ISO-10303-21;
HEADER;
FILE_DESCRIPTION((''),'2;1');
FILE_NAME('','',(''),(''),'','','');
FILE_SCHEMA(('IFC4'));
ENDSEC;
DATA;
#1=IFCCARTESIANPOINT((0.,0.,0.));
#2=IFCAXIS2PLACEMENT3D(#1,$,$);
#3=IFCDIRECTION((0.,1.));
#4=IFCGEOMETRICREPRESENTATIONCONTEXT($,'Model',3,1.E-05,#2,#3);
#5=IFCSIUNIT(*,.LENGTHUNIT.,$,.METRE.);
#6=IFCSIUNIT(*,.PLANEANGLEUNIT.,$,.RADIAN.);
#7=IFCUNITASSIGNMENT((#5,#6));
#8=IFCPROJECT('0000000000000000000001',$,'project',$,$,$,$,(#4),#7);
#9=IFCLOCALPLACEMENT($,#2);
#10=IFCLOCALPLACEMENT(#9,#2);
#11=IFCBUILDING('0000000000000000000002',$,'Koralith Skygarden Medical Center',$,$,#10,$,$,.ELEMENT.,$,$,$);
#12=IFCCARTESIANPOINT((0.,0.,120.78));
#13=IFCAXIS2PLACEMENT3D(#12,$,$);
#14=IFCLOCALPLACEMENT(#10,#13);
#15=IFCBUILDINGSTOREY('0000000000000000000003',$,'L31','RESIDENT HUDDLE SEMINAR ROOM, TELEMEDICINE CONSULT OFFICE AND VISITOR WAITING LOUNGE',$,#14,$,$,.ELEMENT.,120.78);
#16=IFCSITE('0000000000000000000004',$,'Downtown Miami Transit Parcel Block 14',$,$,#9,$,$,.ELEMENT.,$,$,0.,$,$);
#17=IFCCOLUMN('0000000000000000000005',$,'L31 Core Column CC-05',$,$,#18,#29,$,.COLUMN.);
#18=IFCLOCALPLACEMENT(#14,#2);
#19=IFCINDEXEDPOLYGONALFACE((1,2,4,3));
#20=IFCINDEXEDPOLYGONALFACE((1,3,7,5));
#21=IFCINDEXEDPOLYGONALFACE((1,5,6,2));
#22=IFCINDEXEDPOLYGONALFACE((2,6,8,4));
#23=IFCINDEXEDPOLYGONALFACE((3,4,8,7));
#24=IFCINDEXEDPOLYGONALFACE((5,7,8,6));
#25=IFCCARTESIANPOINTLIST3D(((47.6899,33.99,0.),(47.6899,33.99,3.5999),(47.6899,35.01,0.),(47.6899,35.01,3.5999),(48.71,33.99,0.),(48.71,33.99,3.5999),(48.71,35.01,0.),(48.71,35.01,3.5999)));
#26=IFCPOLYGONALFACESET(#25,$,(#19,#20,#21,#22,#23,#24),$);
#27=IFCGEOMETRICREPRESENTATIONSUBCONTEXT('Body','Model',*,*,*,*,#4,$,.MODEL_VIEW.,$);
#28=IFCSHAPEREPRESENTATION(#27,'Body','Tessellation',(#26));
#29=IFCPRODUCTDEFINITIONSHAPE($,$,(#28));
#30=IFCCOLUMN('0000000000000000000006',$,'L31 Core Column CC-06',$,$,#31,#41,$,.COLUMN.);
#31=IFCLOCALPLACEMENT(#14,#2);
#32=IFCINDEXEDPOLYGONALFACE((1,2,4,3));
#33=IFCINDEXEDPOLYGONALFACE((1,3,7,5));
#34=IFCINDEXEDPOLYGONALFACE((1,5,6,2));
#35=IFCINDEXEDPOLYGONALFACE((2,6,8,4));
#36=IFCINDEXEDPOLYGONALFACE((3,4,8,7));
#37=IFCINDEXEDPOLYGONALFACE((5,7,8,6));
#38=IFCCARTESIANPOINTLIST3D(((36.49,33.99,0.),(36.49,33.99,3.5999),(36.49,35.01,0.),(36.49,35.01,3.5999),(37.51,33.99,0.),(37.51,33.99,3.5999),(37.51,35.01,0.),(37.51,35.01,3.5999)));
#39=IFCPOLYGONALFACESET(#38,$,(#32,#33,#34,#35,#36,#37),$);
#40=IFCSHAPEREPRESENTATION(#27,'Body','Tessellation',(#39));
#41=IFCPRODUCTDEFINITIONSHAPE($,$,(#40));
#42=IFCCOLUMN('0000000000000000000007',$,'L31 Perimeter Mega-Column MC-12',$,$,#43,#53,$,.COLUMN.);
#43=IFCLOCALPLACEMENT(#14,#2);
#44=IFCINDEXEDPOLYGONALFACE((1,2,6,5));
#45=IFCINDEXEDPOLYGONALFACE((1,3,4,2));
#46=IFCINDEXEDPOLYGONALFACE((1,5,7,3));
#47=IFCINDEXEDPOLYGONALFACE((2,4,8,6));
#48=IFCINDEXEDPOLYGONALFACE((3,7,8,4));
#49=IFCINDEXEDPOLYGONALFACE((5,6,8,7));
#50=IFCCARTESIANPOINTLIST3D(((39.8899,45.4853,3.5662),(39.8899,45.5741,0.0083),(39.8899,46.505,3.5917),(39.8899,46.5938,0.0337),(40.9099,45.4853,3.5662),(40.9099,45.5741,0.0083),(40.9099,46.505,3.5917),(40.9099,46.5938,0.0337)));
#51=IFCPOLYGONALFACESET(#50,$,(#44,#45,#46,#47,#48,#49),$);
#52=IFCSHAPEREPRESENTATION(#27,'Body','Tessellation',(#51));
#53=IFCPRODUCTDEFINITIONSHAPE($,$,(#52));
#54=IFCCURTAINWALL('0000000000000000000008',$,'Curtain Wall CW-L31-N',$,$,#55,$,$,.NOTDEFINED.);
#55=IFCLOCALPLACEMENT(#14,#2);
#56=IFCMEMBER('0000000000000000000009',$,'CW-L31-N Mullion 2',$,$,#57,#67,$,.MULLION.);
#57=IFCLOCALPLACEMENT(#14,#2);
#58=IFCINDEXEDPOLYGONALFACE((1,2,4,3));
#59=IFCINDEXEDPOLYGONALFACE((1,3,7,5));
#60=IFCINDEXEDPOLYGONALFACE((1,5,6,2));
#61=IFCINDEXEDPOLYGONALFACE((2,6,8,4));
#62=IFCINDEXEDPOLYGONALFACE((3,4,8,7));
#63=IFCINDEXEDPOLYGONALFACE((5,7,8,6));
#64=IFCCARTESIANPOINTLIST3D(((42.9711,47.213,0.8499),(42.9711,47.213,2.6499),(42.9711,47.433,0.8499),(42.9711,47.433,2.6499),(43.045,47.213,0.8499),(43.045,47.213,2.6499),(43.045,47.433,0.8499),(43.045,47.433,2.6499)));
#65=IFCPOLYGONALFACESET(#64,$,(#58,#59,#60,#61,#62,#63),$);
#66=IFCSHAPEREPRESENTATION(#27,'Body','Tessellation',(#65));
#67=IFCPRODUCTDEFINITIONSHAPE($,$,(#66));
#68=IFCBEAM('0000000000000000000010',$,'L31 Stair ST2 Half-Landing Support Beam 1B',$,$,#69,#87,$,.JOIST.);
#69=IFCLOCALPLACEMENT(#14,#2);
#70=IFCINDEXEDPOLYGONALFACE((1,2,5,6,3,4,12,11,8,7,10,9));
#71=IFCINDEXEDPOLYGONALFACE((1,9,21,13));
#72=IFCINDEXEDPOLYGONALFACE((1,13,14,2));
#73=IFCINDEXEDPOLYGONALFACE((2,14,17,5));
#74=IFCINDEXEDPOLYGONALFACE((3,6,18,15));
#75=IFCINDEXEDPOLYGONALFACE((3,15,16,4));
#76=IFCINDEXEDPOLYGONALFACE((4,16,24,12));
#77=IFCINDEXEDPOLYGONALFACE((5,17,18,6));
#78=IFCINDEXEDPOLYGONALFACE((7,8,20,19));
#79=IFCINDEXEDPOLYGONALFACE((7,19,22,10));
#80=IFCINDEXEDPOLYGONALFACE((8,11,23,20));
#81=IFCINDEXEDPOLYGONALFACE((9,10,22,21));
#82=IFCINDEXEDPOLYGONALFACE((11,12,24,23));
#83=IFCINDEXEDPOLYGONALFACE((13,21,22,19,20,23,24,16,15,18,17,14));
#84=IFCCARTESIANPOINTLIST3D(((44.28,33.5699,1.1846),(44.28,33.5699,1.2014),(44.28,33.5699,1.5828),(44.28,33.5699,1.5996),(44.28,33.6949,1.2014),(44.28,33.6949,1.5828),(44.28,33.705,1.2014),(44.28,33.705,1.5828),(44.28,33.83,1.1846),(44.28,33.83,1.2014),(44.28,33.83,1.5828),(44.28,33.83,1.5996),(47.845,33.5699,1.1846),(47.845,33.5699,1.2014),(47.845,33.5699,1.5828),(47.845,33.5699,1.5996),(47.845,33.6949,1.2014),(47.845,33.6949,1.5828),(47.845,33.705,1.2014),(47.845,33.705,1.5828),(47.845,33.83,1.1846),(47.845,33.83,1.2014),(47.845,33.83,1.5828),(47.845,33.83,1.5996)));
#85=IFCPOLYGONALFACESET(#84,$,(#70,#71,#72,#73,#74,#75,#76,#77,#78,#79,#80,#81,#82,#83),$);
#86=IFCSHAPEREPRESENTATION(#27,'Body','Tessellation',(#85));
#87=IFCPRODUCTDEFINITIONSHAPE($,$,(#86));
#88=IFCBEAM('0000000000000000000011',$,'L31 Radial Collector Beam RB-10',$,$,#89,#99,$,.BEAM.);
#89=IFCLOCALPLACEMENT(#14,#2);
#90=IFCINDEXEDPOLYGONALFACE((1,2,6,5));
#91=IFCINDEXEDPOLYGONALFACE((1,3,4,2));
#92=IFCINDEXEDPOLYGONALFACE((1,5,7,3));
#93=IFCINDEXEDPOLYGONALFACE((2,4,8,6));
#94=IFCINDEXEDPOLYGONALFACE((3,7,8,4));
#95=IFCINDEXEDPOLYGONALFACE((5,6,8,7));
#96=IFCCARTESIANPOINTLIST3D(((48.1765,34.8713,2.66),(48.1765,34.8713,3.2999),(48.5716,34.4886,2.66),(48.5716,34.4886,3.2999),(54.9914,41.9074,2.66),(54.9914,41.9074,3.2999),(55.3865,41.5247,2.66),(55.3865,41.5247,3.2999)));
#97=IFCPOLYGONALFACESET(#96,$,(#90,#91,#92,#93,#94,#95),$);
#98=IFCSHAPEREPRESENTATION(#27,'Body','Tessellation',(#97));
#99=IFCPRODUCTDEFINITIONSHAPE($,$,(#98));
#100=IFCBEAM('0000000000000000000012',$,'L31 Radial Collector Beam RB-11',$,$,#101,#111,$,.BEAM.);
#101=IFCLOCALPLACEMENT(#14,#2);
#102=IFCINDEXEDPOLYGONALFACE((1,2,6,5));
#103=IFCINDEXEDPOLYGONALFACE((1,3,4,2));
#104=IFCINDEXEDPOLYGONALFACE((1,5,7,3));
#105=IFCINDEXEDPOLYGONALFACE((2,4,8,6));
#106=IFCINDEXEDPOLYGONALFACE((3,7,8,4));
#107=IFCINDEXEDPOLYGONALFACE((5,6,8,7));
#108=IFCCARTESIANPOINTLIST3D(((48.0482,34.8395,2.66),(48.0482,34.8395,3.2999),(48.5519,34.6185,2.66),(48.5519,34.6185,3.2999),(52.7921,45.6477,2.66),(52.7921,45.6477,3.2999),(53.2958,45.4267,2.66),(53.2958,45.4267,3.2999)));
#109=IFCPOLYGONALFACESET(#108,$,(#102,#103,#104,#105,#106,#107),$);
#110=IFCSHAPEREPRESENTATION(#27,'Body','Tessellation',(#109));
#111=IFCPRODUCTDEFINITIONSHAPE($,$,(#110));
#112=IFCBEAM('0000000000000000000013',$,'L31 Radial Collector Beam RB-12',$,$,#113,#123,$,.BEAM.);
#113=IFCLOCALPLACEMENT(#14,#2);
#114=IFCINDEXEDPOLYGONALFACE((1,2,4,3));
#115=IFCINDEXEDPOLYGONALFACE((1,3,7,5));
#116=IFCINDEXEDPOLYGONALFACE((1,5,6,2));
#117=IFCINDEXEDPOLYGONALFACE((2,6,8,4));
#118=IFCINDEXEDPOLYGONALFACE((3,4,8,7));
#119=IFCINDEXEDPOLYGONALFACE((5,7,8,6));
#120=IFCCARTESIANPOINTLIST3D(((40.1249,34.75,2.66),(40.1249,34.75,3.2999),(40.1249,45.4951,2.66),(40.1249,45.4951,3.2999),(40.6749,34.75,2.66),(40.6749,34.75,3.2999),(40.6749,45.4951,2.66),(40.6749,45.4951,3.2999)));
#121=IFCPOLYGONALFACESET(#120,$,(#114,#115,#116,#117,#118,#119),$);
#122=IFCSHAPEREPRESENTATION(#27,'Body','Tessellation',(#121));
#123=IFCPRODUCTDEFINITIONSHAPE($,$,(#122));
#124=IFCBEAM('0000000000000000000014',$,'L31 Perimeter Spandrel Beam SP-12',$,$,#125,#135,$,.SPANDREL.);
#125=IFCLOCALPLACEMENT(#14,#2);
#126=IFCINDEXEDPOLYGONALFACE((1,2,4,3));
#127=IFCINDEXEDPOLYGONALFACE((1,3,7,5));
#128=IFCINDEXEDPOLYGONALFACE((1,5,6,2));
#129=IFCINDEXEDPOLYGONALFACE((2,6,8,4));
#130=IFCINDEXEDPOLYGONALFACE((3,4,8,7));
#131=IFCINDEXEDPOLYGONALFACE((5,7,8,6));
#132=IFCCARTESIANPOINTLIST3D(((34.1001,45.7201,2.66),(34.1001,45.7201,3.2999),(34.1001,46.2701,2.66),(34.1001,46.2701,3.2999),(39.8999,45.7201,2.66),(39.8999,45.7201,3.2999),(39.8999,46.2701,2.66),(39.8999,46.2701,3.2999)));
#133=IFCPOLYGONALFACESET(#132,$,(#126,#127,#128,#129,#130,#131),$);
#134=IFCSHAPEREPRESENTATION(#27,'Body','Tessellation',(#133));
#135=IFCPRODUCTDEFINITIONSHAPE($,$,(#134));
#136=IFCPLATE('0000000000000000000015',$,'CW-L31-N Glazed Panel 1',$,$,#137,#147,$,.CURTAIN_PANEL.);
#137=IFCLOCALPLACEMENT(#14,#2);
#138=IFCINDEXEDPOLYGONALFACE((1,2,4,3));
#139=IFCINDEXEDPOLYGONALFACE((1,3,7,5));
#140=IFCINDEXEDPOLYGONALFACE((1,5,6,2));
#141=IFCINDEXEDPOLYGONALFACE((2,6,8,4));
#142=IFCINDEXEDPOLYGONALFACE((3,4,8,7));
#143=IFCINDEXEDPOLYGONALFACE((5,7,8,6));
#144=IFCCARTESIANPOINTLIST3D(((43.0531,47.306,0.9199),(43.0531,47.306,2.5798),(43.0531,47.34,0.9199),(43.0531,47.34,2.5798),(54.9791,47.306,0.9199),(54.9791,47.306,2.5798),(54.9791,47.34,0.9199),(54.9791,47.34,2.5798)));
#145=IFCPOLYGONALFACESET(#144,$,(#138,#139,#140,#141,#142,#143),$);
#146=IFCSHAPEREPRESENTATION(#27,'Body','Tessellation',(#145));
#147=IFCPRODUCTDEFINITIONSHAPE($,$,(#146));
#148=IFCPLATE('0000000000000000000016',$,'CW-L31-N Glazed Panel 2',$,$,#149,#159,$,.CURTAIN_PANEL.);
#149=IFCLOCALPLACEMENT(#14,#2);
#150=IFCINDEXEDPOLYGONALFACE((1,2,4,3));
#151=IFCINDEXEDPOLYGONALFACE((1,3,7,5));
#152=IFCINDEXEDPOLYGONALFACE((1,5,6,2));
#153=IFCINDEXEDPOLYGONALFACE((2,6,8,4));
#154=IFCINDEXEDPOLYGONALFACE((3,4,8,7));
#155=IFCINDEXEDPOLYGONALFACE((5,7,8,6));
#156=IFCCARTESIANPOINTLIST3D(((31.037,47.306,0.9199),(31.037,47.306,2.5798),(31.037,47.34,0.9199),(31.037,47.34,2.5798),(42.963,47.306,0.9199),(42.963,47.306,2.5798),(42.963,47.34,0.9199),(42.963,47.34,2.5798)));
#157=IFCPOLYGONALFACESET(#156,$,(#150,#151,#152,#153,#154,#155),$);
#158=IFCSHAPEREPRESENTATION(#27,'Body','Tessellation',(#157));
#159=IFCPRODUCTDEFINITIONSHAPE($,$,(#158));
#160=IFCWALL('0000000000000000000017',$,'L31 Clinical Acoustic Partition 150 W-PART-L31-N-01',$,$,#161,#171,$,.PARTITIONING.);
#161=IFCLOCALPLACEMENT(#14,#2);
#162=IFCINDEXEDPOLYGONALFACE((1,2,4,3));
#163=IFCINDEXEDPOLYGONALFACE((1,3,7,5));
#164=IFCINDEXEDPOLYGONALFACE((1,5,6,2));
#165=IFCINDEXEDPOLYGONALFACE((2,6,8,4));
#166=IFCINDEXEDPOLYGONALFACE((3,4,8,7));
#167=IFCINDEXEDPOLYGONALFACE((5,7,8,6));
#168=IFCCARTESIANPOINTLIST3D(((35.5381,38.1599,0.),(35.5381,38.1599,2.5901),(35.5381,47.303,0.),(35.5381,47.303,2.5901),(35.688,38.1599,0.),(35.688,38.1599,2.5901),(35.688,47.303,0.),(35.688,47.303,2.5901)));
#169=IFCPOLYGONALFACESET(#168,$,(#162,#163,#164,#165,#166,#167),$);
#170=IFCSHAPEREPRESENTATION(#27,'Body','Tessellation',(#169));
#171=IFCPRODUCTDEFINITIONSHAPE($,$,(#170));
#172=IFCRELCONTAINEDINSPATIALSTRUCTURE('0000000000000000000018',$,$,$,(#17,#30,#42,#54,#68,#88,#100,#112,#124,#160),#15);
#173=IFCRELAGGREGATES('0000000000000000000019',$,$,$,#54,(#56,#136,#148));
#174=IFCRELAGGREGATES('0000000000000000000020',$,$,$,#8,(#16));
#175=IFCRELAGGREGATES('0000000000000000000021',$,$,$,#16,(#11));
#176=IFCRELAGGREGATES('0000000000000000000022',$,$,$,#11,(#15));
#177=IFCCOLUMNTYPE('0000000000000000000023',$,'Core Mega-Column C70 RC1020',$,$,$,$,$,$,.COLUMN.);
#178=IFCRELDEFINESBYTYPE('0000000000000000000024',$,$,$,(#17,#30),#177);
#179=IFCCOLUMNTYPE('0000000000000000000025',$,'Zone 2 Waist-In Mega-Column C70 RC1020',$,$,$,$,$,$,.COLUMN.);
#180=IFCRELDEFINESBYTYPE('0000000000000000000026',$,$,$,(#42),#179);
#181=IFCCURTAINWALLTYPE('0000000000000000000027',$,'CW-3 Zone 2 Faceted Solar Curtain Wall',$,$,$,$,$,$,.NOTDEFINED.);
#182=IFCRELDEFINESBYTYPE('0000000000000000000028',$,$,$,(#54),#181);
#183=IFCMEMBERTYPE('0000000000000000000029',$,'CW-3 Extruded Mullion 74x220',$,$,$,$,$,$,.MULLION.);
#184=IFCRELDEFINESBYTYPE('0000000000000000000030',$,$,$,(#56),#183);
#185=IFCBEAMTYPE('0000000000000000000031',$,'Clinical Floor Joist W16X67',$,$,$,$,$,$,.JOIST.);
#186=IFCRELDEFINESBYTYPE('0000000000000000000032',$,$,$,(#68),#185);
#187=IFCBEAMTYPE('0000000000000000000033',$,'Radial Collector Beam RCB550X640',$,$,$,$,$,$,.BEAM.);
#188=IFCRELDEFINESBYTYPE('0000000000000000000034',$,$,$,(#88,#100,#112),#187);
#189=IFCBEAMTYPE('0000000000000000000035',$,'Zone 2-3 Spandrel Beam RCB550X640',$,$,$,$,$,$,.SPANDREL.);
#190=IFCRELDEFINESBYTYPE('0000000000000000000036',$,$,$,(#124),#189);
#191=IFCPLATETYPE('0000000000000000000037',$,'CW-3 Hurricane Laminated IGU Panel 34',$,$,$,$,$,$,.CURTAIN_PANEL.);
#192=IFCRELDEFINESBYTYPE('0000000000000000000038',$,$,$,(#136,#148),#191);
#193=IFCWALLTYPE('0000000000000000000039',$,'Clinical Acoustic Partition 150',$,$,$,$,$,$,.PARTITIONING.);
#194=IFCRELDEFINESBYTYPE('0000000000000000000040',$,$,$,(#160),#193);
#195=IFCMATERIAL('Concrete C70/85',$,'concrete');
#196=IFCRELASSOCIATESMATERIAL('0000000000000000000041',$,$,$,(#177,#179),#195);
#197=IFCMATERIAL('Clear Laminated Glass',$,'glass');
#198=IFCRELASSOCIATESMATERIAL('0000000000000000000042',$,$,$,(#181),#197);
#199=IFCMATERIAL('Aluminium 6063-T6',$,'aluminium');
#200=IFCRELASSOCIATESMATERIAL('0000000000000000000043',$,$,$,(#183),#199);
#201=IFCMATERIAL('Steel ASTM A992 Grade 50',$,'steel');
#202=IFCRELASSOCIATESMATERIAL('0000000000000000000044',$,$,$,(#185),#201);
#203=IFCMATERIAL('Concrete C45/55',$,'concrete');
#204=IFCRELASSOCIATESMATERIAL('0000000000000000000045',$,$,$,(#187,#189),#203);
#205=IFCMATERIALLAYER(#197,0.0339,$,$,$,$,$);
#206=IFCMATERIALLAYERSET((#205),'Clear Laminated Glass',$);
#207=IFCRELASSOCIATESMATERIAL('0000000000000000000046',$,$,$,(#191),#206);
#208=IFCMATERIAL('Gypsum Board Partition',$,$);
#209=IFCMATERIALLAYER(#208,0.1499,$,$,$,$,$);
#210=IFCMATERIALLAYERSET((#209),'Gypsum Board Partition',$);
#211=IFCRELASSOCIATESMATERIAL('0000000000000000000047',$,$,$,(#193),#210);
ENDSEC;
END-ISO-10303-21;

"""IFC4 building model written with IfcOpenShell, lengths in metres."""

from ifc_helpers import new_model, si_unit, direction, frame, frame_2d, origin, origin_2d, place, context, subcontext, project, spatial, rectangle, i_section, extrude, material, layer, layer_set, material_profile, profile_set, type_object, element, aggregate, save


model = new_model("IFC4")

# Units and contexts
model_context = context("Model", 3, precision=1e-05, world=origin(), true_north=direction((0.0, 1.0)))
body_context = subcontext(model_context, "Body", "Model", "MODEL_VIEW")
ifc_project = project(units=[si_unit("LENGTHUNIT", "METRE"), si_unit("PLANEANGLEUNIT", "RADIAN")], contexts=[model_context])

# Site, building, storey
site_placement = place(None, origin())
site = spatial("IfcSite", under=ifc_project, at=site_placement, Name="Downtown Miami Transit Parcel Block 14", CompositionType="ELEMENT", RefElevation=0.0)
building_placement = place(site_placement, origin())
building = spatial("IfcBuilding", under=site, at=building_placement, Name="Koralith Skygarden Medical Center", CompositionType="ELEMENT")
storey_placement = place(building_placement, frame((0.0, 0.0, 120.78)))
storey = spatial("IfcBuildingStorey", under=building, at=storey_placement, Name="L31", Description="RESIDENT HUDDLE SEMINAR ROOM, TELEMEDICINE CONSULT OFFICE AND VISITOR WAITING LOUNGE", CompositionType="ELEMENT", Elevation=120.78)

# Columns
ifc_material_1 = material(Name="Concrete C70/85", Category="concrete")
ifc_material_profile_1 = material_profile(ifc_material_1, rectangle(XDim=1.02, YDim=1.02, at=origin_2d()), Name="RC1020X1020")
ifc_profile_set_1 = profile_set([ifc_material_profile_1], Name="Concrete C70/85")
column_type_1 = type_object("IfcColumnType", Name="Core Mega-Column C70 RC1020", PredefinedType="COLUMN", material=ifc_profile_set_1)
for number, where, z_axis, x_axis, name in (
    (1, (48.2, 34.5, 0.0), (0.0, 0.0, 1.0), (1.0, 0.0, 0.0), "L31 Core Column CC-05"),
    (2, (37.0, 34.5, 0.0), (0.0, 0.0, 1.0), (1.0, 0.0, 0.0), "L31 Core Column CC-06"),
):
    element("IfcColumn", number, at=place(storey_placement, frame(where, z_axis=z_axis, x_axis=x_axis)), inside=storey, type_object=column_type_1, Name=name, PredefinedType="COLUMN", context=body_context, shape_type="SweptSolid", body=[
        extrude(rectangle(XDim=1.02, YDim=1.02, at=origin_2d()), origin(), (0.0, 0.0, 1.0), 3.5999),
    ])
ifc_material_profile_2 = material_profile(ifc_material_1, rectangle(XDim=1.02, YDim=1.02, at=origin_2d()), Name="RC1020X1020")
ifc_profile_set_2 = profile_set([ifc_material_profile_2], Name="Concrete C70/85")
column_type_2 = type_object("IfcColumnType", Name="Zone 2 Waist-In Mega-Column C70 RC1020", PredefinedType="COLUMN", material=ifc_profile_set_2)
column_placement = place(storey_placement, frame((40.3999, 46.084, 0.021), z_axis=(0.0, -0.02497, 0.999688), x_axis=(1.0, 0.0, 0.0)))
element("IfcColumn", 3, at=column_placement, inside=storey, type_object=column_type_2, Name="L31 Perimeter Mega-Column MC-12", PredefinedType="COLUMN", context=body_context, shape_type="SweptSolid", body=[
    extrude(rectangle(XDim=1.02, YDim=1.02, at=origin_2d()), origin(), (0.0, 0.0, 1.0), 3.5591),
])

# Curtain wall, member
ifc_material_2 = material(Name="Clear Laminated Glass", Category="glass")
curtain_wall_type = type_object("IfcCurtainWallType", Name="CW-3 Zone 2 Faceted Solar Curtain Wall", PredefinedType="NOTDEFINED", material=ifc_material_2)
curtain_wall_placement = place(storey_placement, origin())
curtain_wall = element("IfcCurtainWall", 4, at=curtain_wall_placement, inside=storey, type_object=curtain_wall_type, Name="Curtain Wall CW-L31-N", PredefinedType="NOTDEFINED")
ifc_material_3 = material(Name="Aluminium 6063-T6", Category="aluminium")
ifc_material_profile_3 = material_profile(ifc_material_3, rectangle(XDim=0.074, YDim=0.22, at=origin_2d()), Name="MUL74X220")
ifc_profile_set_3 = profile_set([ifc_material_profile_3], Name="Aluminium 6063-T6")
member_type = type_object("IfcMemberType", Name="CW-3 Extruded Mullion 74x220", PredefinedType="MULLION", material=ifc_profile_set_3)
member_placement = place(storey_placement, frame((43.0081, 47.323, 0.8499), z_axis=(0.0, 0.0, 1.0), x_axis=(1.0, 0.0, 0.0)))
member = element("IfcMember", 5, at=member_placement, type_object=member_type, Name="CW-L31-N Mullion 2", PredefinedType="MULLION", context=body_context, shape_type="SweptSolid", body=[
    extrude(rectangle(XDim=0.074, YDim=0.22, at=origin_2d()), origin(), (0.0, 0.0, 1.0), 1.8),
])

# Beams
ifc_material_4 = material(Name="Steel ASTM A992 Grade 50", Category="steel")
ifc_material_profile_4 = material_profile(ifc_material_4, i_section(OverallWidth=0.26, OverallDepth=0.415, WebThickness=0.01, FlangeThickness=0.0168, at=origin_2d()), Name="W16X67")
ifc_profile_set_4 = profile_set([ifc_material_profile_4], Name="Steel ASTM A992 Grade 50")
beam_type_1 = type_object("IfcBeamType", Name="Clinical Floor Joist W16X67", PredefinedType="JOIST", material=ifc_profile_set_4)
beam_1_placement = place(storey_placement, frame((44.28, 33.7, 1.3921), z_axis=(1.0, 0.0, 0.0), x_axis=(0.0, 1.0, 0.0)))
element("IfcBeam", 6, at=beam_1_placement, inside=storey, type_object=beam_type_1, Name="L31 Stair ST2 Half-Landing Support Beam 1B", PredefinedType="JOIST", context=body_context, shape_type="SweptSolid", body=[
    extrude(i_section(OverallWidth=0.26, OverallDepth=0.415, WebThickness=0.01, FlangeThickness=0.0168, at=origin_2d()), origin(), (0.0, 0.0, 1.0), 3.5649),
])
ifc_material_5 = material(Name="Concrete C45/55", Category="concrete")
ifc_material_profile_5 = material_profile(ifc_material_5, rectangle(XDim=0.55, YDim=0.6399, at=origin_2d()), Name="RCB550X640")
ifc_profile_set_5 = profile_set([ifc_material_profile_5], Name="Concrete C45/55")
beam_type_2 = type_object("IfcBeamType", Name="Radial Collector Beam RCB550X640", PredefinedType="BEAM", material=ifc_profile_set_5)
beam_2_placement = place(storey_placement, frame((48.374, 34.6799, 2.98), z_axis=(0.695726, 0.718307, 0.0), x_axis=(-0.718307, 0.695726, 0.0)))
element("IfcBeam", 7, at=beam_2_placement, inside=storey, type_object=beam_type_2, Name="L31 Radial Collector Beam RB-10", PredefinedType="BEAM", context=body_context, shape_type="SweptSolid", body=[
    extrude(rectangle(XDim=0.55, YDim=0.6399, at=origin_2d()), origin(), (0.0, 0.0, 1.0), 9.7954),
])
beam_3_placement = place(storey_placement, frame((48.3, 34.729, 2.98), z_axis=(0.40191, 0.915679, 0.0), x_axis=(-0.915679, 0.40191, 0.0)))
element("IfcBeam", 8, at=beam_3_placement, inside=storey, type_object=beam_type_2, Name="L31 Radial Collector Beam RB-11", PredefinedType="BEAM", context=body_context, shape_type="SweptSolid", body=[
    extrude(rectangle(XDim=0.55, YDim=0.6399, at=origin_2d()), origin(), (0.0, 0.0, 1.0), 11.8035),
])
beam_4_placement = place(storey_placement, frame((40.3999, 34.75, 2.98), z_axis=(0.0, 1.0, 0.0), x_axis=(-1.0, 0.0, 0.0)))
element("IfcBeam", 9, at=beam_4_placement, inside=storey, type_object=beam_type_2, Name="L31 Radial Collector Beam RB-12", PredefinedType="BEAM", context=body_context, shape_type="SweptSolid", body=[
    extrude(rectangle(XDim=0.55, YDim=0.6399, at=origin_2d()), origin(), (0.0, 0.0, 1.0), 10.7451),
])
ifc_material_profile_6 = material_profile(ifc_material_5, rectangle(XDim=0.55, YDim=0.6399, at=origin_2d()), Name="RCB550X640")
ifc_profile_set_6 = profile_set([ifc_material_profile_6], Name="Concrete C45/55")
beam_type_3 = type_object("IfcBeamType", Name="Zone 2-3 Spandrel Beam RCB550X640", PredefinedType="SPANDREL", material=ifc_profile_set_6)
beam_5_placement = place(storey_placement, frame((39.8999, 45.9951, 2.98), z_axis=(-1.0, 0.0, 0.0), x_axis=(0.0, -1.0, 0.0)))
element("IfcBeam", 10, at=beam_5_placement, inside=storey, type_object=beam_type_3, Name="L31 Perimeter Spandrel Beam SP-12", PredefinedType="SPANDREL", context=body_context, shape_type="SweptSolid", body=[
    extrude(rectangle(XDim=0.55, YDim=0.6399, at=origin_2d()), origin(), (0.0, 0.0, 1.0), 5.7998),
])

# Plates
ifc_layer_1 = layer(ifc_material_2, 0.0339)
ifc_layer_set_1 = layer_set([ifc_layer_1], Name="Clear Laminated Glass")
plate_type = type_object("IfcPlateType", Name="CW-3 Hurricane Laminated IGU Panel 34", PredefinedType="CURTAIN_PANEL", material=ifc_layer_set_1)
plate_1_placement = place(storey_placement, frame((49.0161, 47.323, 0.9199), z_axis=(0.0, 0.0, 1.0), x_axis=(-1.0, 0.0, 0.0)))
plate_1 = element("IfcPlate", 11, at=plate_1_placement, type_object=plate_type, Name="CW-L31-N Glazed Panel 1", PredefinedType="CURTAIN_PANEL", context=body_context, shape_type="SweptSolid", body=[
    extrude(rectangle(XDim=11.926, YDim=0.0339, at=origin_2d()), origin(), (0.0, 0.0, 1.0), 1.6599),
])
plate_2_placement = place(storey_placement, frame((37.0, 47.323, 0.9199), z_axis=(0.0, 0.0, 1.0), x_axis=(-1.0, 0.0, 0.0)))
plate_2 = element("IfcPlate", 12, at=plate_2_placement, type_object=plate_type, Name="CW-L31-N Glazed Panel 2", PredefinedType="CURTAIN_PANEL", context=body_context, shape_type="SweptSolid", body=[
    extrude(rectangle(XDim=11.926, YDim=0.0339, at=origin_2d()), origin(), (0.0, 0.0, 1.0), 1.6599),
])
aggregate(curtain_wall, [member, plate_1, plate_2])

# Wall
ifc_material_6 = material(Name="Gypsum Board Partition")
ifc_layer_2 = layer(ifc_material_6, 0.1499)
ifc_layer_set_2 = layer_set([ifc_layer_2], Name="Gypsum Board Partition")
wall_type_1 = type_object("IfcWallType", Name="Clinical Acoustic Partition 150", PredefinedType="PARTITIONING", material=ifc_layer_set_2)
wall_1_placement = place(storey_placement, frame((35.613, 38.1599, 0.0), z_axis=(0.0, 0.0, 1.0), x_axis=(0.0, 1.0, 0.0)))
element("IfcWall", 13, at=wall_1_placement, inside=storey, type_object=wall_type_1, Name="L31 Clinical Acoustic Partition 150 W-PART-L31-N-01", PredefinedType="PARTITIONING", context=body_context, shape_type="SweptSolid", body=[
    extrude(rectangle(XDim=9.1431, YDim=0.1499, at=frame_2d((4.5715, 0.0))), origin(), (0.0, 0.0, 1.0), 2.5901),
])

save(model, "model.ifc")
